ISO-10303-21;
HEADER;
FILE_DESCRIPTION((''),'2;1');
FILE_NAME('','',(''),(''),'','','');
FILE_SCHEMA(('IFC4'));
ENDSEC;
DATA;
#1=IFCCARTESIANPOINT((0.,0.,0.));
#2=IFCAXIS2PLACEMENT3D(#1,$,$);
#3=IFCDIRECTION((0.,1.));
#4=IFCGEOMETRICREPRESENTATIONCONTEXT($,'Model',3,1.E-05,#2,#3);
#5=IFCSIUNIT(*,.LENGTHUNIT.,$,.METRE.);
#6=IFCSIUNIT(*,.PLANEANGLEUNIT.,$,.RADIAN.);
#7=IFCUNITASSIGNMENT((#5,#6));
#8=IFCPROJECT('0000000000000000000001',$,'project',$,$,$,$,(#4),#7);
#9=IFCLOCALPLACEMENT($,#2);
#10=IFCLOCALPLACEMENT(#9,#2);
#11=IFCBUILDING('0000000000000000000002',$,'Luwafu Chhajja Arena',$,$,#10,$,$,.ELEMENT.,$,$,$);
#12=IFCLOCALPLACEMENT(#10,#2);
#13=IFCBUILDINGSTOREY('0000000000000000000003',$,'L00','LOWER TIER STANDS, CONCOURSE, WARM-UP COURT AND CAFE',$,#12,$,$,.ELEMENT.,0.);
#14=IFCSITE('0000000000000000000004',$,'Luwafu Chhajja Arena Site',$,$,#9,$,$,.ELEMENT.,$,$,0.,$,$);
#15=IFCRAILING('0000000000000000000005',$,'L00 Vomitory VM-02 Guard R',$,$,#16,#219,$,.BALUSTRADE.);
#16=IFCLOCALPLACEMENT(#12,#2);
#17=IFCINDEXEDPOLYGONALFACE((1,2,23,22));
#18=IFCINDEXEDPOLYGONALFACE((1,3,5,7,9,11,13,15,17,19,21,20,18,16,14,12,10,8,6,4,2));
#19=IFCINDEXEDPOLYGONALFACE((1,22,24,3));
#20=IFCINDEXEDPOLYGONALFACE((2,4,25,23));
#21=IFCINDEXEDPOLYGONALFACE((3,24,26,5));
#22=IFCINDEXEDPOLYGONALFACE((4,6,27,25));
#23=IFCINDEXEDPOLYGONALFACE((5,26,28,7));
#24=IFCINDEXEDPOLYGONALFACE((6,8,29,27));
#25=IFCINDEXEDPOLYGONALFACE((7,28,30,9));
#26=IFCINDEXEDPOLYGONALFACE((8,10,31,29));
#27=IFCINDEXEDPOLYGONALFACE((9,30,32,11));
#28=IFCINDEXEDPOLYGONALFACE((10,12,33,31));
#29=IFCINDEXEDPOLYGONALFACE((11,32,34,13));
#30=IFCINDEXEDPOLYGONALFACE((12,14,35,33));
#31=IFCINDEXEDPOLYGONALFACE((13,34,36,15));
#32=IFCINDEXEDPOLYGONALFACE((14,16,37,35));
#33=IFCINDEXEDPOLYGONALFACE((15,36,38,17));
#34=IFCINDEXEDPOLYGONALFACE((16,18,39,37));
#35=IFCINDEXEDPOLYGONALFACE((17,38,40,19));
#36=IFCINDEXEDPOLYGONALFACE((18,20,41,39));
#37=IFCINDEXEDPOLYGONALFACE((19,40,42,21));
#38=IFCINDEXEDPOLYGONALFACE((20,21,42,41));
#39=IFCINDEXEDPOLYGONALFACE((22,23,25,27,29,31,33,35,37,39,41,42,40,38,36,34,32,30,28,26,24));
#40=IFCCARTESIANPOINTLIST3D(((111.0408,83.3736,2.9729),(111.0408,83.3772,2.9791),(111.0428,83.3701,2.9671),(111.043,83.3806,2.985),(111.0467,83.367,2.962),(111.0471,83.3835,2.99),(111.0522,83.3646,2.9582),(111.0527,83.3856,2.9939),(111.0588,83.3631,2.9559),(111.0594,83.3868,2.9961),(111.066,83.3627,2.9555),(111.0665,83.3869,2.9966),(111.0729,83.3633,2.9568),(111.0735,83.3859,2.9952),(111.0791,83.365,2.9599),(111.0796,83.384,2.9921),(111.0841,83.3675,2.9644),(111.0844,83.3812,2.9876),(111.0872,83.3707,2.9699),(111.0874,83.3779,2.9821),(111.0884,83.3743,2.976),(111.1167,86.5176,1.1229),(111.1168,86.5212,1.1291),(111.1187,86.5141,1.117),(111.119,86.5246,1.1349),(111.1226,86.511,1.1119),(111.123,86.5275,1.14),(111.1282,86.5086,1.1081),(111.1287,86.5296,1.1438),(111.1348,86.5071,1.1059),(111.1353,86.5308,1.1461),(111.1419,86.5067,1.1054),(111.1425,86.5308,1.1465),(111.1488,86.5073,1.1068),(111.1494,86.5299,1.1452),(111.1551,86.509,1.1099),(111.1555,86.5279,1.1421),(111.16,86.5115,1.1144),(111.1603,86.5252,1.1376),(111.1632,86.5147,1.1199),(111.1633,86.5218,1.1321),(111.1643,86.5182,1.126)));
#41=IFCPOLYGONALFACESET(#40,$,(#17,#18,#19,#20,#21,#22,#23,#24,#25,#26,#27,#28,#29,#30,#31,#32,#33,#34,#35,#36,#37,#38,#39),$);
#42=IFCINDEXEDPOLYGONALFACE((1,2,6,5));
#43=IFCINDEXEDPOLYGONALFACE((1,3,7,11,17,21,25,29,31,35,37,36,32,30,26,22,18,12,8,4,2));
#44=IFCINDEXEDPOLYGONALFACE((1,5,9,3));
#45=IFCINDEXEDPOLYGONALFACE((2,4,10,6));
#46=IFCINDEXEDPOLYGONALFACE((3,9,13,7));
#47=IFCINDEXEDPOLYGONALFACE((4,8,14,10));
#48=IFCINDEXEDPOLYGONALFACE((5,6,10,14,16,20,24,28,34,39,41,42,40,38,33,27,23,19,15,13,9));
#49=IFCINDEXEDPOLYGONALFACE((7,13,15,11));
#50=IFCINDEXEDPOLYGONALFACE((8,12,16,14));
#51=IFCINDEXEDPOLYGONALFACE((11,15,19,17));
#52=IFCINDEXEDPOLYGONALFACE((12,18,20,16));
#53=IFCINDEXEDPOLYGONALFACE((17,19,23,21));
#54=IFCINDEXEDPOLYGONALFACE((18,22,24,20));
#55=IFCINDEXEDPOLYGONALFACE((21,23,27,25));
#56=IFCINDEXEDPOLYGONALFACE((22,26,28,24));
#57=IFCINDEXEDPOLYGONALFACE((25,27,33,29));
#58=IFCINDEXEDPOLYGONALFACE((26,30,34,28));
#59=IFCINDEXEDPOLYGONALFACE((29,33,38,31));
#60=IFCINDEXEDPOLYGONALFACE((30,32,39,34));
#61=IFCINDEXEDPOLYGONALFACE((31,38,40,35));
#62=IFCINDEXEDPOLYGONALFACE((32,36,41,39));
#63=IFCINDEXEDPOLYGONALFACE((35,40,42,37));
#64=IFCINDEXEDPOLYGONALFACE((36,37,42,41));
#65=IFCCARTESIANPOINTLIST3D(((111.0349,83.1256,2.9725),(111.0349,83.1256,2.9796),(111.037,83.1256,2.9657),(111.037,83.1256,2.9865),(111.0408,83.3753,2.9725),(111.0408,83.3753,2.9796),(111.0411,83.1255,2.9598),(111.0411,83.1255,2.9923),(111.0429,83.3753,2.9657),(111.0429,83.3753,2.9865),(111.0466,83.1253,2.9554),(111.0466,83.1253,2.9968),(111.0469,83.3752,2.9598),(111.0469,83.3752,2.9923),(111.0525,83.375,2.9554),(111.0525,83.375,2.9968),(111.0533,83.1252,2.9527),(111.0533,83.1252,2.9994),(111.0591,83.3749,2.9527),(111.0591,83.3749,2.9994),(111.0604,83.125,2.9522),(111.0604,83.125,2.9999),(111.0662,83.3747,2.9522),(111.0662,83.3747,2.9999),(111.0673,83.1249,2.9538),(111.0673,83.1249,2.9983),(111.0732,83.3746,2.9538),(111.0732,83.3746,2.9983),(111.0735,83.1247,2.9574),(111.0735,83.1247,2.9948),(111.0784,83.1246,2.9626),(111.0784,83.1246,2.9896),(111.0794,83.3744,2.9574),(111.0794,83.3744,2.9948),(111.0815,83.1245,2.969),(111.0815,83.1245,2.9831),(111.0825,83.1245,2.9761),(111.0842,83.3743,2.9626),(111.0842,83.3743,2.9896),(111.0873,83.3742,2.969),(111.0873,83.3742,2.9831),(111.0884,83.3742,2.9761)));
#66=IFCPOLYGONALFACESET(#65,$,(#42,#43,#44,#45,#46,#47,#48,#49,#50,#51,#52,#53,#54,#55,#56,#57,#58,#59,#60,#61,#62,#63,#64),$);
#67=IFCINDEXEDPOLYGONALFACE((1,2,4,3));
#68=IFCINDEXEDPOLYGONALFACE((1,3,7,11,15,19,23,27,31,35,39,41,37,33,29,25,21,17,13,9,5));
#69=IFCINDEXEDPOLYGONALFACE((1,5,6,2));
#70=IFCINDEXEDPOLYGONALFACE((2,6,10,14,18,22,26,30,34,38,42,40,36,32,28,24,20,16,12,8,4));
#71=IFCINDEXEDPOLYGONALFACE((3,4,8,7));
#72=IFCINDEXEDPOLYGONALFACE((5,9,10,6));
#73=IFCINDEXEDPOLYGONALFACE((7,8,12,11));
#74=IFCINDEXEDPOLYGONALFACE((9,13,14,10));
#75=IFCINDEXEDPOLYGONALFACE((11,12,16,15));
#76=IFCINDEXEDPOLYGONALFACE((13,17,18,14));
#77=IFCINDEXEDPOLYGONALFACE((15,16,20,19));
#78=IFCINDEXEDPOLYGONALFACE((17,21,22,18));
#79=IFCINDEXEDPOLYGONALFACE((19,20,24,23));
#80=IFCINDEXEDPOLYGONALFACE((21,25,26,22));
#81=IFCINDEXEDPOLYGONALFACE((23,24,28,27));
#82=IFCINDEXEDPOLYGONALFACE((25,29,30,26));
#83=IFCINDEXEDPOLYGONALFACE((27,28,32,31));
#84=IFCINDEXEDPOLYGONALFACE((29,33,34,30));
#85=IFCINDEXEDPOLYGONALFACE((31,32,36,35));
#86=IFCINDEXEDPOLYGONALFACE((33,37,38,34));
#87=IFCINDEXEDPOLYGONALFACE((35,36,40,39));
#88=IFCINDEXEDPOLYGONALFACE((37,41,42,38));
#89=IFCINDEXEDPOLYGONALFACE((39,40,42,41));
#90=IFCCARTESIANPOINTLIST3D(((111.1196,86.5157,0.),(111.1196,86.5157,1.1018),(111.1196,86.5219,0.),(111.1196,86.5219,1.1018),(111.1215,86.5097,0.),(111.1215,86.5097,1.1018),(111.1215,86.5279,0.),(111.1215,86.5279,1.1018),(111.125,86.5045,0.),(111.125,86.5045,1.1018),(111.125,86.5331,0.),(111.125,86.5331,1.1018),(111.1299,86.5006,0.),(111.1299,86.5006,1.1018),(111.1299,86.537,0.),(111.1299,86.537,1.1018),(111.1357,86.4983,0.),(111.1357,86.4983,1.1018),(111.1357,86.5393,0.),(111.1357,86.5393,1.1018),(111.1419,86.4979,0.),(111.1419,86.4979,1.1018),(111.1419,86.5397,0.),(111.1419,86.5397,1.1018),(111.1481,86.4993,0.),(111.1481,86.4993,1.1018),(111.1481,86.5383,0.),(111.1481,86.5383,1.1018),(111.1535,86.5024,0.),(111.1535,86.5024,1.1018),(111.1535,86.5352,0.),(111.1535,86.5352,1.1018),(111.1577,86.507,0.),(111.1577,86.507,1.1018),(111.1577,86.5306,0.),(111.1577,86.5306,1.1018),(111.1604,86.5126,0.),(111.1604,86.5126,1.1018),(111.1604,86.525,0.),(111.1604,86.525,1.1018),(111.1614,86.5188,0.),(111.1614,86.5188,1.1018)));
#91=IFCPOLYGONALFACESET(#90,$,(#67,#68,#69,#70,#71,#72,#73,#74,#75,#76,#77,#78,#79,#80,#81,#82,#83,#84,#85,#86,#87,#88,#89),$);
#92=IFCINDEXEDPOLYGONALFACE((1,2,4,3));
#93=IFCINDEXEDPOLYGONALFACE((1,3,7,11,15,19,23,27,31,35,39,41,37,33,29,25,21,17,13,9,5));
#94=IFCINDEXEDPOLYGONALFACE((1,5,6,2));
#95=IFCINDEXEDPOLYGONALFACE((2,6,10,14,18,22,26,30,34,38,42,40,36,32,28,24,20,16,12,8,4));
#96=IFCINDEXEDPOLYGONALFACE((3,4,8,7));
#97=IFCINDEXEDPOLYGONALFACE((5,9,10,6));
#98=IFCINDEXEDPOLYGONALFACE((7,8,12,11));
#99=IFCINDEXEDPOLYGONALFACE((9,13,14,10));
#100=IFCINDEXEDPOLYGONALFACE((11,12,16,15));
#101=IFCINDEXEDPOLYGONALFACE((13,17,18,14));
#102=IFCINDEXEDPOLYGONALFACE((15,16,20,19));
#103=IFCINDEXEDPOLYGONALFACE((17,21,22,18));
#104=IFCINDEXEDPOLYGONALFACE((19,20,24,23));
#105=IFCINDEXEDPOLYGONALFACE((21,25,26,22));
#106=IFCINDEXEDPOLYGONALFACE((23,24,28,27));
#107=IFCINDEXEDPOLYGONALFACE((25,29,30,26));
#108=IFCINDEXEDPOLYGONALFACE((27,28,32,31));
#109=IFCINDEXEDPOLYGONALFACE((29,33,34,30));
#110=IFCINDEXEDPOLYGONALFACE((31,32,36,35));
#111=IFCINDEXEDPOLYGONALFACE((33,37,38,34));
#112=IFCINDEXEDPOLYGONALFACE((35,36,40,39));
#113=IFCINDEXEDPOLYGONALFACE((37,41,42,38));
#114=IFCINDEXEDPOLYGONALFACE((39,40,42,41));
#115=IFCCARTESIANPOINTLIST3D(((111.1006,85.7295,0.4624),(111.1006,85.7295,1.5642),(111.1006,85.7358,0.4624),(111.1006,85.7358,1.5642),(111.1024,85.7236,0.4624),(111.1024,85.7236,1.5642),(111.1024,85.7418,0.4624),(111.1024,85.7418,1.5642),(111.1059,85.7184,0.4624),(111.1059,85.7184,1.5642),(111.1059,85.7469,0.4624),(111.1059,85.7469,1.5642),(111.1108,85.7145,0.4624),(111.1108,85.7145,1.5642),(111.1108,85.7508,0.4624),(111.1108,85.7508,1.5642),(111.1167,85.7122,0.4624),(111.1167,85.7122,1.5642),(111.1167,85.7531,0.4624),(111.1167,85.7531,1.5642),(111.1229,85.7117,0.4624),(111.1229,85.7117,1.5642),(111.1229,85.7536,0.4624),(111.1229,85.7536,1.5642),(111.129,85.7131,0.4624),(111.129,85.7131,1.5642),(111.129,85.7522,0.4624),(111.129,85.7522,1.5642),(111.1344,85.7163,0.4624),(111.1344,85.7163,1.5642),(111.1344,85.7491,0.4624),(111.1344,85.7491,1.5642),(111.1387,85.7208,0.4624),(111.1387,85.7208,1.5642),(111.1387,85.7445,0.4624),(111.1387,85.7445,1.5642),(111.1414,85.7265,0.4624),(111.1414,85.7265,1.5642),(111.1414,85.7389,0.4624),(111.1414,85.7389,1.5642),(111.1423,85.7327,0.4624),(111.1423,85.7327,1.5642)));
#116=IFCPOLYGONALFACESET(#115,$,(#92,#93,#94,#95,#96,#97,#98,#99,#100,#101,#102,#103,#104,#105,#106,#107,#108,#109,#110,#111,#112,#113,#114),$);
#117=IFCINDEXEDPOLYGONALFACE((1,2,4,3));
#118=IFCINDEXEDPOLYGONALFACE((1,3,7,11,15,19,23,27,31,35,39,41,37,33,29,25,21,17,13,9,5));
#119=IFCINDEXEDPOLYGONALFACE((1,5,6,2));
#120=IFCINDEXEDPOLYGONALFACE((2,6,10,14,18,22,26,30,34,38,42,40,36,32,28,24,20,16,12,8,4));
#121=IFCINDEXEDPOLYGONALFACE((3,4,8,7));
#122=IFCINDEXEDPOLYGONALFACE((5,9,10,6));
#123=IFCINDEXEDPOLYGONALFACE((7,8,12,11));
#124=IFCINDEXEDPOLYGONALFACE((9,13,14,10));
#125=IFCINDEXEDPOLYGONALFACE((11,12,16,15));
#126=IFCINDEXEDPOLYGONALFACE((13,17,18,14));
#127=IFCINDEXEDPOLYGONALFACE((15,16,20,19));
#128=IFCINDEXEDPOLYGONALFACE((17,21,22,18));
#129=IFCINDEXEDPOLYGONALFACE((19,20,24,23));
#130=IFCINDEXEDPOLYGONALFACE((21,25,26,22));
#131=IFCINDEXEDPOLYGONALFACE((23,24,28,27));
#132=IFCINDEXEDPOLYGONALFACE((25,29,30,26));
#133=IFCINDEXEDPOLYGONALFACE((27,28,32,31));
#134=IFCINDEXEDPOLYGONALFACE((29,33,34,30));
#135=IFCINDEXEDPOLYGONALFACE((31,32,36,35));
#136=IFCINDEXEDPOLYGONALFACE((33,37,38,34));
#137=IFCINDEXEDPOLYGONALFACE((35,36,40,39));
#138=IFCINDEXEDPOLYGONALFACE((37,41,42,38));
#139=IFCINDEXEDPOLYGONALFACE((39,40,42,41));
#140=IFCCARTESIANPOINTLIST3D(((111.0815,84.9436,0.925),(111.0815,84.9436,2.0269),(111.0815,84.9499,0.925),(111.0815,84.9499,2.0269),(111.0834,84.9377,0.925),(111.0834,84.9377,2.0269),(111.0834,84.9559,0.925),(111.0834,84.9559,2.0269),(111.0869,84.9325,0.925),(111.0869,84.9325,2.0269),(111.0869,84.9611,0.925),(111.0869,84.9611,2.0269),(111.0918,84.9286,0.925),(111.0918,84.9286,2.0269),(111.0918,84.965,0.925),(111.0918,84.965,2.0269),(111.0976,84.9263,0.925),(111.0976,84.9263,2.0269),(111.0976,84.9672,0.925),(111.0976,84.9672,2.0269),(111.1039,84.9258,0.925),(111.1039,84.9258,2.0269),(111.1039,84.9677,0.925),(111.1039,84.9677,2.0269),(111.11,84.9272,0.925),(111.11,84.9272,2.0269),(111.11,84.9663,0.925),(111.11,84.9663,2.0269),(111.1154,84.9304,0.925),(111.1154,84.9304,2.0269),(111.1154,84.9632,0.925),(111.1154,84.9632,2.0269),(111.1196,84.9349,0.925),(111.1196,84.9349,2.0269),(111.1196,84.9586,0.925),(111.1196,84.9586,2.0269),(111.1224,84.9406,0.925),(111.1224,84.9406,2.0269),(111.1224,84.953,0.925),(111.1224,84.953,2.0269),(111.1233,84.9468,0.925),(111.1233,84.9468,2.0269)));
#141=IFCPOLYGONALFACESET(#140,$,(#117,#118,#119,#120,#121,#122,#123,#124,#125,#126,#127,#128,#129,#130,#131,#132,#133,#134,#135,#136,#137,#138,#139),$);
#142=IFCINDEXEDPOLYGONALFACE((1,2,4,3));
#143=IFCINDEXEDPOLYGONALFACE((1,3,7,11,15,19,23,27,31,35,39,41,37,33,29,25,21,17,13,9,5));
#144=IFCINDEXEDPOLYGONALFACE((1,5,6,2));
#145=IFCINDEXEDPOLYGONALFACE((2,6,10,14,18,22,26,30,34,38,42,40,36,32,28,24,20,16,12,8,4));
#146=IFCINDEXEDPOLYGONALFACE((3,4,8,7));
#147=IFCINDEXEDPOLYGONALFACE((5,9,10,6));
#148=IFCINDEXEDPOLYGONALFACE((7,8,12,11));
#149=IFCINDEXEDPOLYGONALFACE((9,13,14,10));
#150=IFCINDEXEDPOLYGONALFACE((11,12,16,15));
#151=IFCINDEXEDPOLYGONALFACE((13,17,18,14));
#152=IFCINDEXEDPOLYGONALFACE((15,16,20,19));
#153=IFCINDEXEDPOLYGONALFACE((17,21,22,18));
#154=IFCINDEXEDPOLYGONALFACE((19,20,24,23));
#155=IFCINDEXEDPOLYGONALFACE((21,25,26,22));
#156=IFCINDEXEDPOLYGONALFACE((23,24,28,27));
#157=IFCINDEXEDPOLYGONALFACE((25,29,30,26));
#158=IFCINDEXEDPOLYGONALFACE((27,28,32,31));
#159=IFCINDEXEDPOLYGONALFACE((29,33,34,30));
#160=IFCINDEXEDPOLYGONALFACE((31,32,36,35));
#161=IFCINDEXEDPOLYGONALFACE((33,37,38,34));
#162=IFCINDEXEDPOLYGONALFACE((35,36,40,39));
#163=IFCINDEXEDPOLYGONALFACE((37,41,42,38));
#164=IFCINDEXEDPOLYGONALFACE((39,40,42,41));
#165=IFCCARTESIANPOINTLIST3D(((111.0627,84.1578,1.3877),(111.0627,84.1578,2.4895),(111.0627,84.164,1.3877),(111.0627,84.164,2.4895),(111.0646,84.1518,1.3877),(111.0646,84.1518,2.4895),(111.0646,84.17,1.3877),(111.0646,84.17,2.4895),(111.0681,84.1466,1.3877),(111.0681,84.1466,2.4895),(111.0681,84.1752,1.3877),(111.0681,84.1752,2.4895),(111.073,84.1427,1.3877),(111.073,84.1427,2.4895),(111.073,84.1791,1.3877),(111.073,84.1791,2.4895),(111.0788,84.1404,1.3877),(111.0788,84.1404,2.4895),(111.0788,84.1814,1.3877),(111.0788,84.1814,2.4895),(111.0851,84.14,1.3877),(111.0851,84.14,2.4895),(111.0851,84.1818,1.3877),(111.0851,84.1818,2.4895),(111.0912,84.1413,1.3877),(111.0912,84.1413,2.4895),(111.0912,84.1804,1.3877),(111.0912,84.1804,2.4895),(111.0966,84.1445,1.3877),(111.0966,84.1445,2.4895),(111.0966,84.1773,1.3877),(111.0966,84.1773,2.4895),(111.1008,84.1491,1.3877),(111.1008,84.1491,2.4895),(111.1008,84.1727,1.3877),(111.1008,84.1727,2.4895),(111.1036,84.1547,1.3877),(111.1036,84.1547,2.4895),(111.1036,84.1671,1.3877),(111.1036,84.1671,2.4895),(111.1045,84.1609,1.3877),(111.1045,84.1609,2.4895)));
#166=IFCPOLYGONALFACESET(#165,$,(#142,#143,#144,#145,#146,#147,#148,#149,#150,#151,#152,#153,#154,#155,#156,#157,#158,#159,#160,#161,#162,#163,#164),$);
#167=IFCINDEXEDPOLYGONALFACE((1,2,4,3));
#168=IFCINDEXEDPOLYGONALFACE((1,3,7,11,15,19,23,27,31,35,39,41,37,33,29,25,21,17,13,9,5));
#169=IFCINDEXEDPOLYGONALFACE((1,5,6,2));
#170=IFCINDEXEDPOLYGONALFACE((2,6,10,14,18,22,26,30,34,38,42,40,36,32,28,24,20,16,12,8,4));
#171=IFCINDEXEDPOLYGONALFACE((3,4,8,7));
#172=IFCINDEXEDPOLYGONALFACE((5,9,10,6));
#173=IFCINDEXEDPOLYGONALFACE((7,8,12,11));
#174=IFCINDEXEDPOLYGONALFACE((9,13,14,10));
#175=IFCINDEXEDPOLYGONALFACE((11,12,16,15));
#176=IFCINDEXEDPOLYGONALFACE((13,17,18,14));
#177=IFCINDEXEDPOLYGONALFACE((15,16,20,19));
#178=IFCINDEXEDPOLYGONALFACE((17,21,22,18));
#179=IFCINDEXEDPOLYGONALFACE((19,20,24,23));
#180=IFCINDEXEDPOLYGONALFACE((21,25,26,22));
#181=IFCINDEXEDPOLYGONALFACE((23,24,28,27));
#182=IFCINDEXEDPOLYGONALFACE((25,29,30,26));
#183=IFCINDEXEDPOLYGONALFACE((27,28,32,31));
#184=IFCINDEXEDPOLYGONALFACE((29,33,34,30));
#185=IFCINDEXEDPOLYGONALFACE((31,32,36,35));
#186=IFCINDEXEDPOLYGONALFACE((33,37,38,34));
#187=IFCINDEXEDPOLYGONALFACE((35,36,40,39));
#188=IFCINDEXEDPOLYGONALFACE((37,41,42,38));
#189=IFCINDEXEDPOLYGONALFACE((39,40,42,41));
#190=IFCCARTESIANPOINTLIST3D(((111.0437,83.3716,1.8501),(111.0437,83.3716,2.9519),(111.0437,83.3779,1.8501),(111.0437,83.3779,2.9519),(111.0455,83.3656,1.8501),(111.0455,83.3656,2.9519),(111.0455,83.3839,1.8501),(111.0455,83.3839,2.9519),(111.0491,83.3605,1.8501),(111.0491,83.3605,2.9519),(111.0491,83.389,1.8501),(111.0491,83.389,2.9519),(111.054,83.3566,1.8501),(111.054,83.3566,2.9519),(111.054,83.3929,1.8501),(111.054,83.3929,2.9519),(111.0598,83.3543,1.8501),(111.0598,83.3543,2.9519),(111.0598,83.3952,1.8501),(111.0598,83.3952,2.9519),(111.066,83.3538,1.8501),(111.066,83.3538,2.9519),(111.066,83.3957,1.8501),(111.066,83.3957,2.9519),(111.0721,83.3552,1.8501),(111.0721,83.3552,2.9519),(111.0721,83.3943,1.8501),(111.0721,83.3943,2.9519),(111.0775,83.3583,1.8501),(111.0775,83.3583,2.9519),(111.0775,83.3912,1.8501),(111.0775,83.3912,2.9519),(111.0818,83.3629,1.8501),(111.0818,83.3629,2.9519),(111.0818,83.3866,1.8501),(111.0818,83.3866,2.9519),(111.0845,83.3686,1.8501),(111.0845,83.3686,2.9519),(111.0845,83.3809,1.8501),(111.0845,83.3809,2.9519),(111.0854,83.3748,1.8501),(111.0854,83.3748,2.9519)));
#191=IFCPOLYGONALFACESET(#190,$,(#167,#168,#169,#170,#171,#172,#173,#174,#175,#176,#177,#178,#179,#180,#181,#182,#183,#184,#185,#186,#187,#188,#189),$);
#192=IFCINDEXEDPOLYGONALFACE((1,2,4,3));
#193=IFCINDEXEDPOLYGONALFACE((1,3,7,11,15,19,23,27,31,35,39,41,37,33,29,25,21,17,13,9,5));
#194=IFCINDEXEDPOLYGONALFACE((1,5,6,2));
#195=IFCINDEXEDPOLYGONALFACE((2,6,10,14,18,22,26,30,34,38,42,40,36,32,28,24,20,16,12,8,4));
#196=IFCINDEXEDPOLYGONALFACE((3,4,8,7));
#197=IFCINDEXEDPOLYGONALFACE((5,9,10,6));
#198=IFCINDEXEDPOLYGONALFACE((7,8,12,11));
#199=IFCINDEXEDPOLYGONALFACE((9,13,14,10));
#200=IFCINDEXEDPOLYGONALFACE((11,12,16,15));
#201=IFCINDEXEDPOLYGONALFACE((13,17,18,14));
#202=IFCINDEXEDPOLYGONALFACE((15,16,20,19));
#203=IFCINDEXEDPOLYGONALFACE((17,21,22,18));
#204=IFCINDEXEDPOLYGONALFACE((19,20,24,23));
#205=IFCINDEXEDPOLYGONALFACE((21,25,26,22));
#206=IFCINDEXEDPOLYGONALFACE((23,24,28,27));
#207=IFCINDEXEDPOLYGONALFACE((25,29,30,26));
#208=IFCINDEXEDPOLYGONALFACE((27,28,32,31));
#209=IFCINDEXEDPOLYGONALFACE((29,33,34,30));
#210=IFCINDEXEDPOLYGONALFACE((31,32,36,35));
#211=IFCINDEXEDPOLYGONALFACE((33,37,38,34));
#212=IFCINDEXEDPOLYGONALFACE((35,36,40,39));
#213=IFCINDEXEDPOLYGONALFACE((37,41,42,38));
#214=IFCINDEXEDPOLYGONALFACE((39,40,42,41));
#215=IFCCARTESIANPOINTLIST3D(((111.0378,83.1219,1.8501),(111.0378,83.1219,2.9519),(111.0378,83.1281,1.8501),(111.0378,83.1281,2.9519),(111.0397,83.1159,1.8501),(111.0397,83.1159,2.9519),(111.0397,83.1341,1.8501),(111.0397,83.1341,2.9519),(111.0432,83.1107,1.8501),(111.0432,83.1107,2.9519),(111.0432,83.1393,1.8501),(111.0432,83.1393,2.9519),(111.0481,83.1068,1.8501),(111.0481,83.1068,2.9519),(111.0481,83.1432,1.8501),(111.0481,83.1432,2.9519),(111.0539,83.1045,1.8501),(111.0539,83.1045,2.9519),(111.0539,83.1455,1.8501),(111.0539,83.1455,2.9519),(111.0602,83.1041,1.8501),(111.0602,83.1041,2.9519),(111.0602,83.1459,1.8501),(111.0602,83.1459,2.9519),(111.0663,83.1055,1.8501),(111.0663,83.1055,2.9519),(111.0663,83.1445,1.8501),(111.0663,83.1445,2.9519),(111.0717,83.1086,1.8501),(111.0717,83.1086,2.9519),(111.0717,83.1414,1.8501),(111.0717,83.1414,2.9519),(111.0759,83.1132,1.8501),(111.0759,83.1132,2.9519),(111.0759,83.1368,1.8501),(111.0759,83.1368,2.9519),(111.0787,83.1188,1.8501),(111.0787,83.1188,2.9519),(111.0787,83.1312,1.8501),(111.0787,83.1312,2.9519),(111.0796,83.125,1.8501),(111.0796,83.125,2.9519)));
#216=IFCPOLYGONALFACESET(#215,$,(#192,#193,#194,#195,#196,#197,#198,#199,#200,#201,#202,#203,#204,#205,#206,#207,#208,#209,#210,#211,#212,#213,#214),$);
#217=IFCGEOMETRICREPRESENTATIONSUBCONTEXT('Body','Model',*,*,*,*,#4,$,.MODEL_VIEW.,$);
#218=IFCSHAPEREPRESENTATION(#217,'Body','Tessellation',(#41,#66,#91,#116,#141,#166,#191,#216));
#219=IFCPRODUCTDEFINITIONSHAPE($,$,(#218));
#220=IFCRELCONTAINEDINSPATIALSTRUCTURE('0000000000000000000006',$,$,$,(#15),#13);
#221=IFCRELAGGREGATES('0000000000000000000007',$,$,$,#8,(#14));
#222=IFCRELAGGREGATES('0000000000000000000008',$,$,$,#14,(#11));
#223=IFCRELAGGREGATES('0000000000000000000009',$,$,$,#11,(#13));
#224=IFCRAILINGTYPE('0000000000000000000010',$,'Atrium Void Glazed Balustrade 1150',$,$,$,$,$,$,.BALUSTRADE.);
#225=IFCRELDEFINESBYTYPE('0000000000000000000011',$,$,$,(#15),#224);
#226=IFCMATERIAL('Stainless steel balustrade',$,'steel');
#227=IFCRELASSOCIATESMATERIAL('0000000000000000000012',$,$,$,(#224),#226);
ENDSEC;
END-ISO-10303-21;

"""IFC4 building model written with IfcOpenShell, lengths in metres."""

from ifc_helpers import new_model, si_unit, direction, frame, origin, origin_2d, place, context, subcontext, project, spatial, circle, extrude, material, type_object, element, save


model = new_model("IFC4")

# Units and contexts
model_context = context("Model", 3, precision=1e-05, world=origin(), true_north=direction((0.0, 1.0)))
body_context = subcontext(model_context, "Body", "Model", "MODEL_VIEW")
ifc_project = project(units=[si_unit("LENGTHUNIT", "METRE"), si_unit("PLANEANGLEUNIT", "RADIAN")], contexts=[model_context])

# Site, building, storey
site_placement = place(None, origin())
site = spatial("IfcSite", under=ifc_project, at=site_placement, Name="Luwafu Chhajja Arena Site", CompositionType="ELEMENT", RefElevation=0.0)
building_placement = place(site_placement, origin())
building = spatial("IfcBuilding", under=site, at=building_placement, Name="Luwafu Chhajja Arena", CompositionType="ELEMENT")
storey_placement = place(building_placement, origin())
storey = spatial("IfcBuildingStorey", under=building, at=storey_placement, Name="L00", Description="LOWER TIER STANDS, CONCOURSE, WARM-UP COURT AND CAFE", CompositionType="ELEMENT", Elevation=0.0)

# Railing
ifc_material_1 = material(Name="Stainless steel balustrade", Category="steel")
railing_type_1 = type_object("IfcRailingType", Name="Atrium Void Glazed Balustrade 1150", PredefinedType="BALUSTRADE", material=ifc_material_1)
railing_1_placement = place(storey_placement, frame((111.1404, 86.5188, 0.0)))
element("IfcRailing", 1, at=railing_1_placement, inside=storey, type_object=railing_type_1, Name="L00 Vomitory VM-02 Guard R", PredefinedType="BALUSTRADE", context=body_context, shape_type="SweptSolid", body=[
    extrude(circle(Radius=0.0239, at=origin_2d()), frame((0.0, 0.0, 1.126), z_axis=(-0.020809, -0.861668, 0.507045), x_axis=(0.999709, -0.024143, 0.0)), (0.0, 0.0, 1.0), 3.6487),
    extrude(circle(Radius=0.0239, at=origin_2d()), frame((-0.0759, -3.144, 2.9761), z_axis=(-0.023454, -0.999725, 0.0), x_axis=(0.999725, -0.023454, 0.0)), (0.0, 0.0, 1.0), 0.2498),
    extrude(circle(Radius=0.021, at=origin_2d()), origin(), (0.0, 0.0, 1.0), 1.1018),
    extrude(circle(Radius=0.021, at=origin_2d()), frame((-0.019, -0.7861, 0.4624)), (0.0, 0.0, 1.0), 1.1018),
    extrude(circle(Radius=0.021, at=origin_2d()), frame((-0.0381, -1.572, 0.925)), (0.0, 0.0, 1.0), 1.1018),
    extrude(circle(Radius=0.021, at=origin_2d()), frame((-0.0569, -2.3579, 1.3877)), (0.0, 0.0, 1.0), 1.1018),
    extrude(circle(Radius=0.021, at=origin_2d()), frame((-0.0759, -3.144, 1.8501)), (0.0, 0.0, 1.0), 1.1018),
    extrude(circle(Radius=0.021, at=origin_2d()), frame((-0.0818, -3.3938, 1.8501)), (0.0, 0.0, 1.0), 1.1018),
])

save(model, "model.ifc")
